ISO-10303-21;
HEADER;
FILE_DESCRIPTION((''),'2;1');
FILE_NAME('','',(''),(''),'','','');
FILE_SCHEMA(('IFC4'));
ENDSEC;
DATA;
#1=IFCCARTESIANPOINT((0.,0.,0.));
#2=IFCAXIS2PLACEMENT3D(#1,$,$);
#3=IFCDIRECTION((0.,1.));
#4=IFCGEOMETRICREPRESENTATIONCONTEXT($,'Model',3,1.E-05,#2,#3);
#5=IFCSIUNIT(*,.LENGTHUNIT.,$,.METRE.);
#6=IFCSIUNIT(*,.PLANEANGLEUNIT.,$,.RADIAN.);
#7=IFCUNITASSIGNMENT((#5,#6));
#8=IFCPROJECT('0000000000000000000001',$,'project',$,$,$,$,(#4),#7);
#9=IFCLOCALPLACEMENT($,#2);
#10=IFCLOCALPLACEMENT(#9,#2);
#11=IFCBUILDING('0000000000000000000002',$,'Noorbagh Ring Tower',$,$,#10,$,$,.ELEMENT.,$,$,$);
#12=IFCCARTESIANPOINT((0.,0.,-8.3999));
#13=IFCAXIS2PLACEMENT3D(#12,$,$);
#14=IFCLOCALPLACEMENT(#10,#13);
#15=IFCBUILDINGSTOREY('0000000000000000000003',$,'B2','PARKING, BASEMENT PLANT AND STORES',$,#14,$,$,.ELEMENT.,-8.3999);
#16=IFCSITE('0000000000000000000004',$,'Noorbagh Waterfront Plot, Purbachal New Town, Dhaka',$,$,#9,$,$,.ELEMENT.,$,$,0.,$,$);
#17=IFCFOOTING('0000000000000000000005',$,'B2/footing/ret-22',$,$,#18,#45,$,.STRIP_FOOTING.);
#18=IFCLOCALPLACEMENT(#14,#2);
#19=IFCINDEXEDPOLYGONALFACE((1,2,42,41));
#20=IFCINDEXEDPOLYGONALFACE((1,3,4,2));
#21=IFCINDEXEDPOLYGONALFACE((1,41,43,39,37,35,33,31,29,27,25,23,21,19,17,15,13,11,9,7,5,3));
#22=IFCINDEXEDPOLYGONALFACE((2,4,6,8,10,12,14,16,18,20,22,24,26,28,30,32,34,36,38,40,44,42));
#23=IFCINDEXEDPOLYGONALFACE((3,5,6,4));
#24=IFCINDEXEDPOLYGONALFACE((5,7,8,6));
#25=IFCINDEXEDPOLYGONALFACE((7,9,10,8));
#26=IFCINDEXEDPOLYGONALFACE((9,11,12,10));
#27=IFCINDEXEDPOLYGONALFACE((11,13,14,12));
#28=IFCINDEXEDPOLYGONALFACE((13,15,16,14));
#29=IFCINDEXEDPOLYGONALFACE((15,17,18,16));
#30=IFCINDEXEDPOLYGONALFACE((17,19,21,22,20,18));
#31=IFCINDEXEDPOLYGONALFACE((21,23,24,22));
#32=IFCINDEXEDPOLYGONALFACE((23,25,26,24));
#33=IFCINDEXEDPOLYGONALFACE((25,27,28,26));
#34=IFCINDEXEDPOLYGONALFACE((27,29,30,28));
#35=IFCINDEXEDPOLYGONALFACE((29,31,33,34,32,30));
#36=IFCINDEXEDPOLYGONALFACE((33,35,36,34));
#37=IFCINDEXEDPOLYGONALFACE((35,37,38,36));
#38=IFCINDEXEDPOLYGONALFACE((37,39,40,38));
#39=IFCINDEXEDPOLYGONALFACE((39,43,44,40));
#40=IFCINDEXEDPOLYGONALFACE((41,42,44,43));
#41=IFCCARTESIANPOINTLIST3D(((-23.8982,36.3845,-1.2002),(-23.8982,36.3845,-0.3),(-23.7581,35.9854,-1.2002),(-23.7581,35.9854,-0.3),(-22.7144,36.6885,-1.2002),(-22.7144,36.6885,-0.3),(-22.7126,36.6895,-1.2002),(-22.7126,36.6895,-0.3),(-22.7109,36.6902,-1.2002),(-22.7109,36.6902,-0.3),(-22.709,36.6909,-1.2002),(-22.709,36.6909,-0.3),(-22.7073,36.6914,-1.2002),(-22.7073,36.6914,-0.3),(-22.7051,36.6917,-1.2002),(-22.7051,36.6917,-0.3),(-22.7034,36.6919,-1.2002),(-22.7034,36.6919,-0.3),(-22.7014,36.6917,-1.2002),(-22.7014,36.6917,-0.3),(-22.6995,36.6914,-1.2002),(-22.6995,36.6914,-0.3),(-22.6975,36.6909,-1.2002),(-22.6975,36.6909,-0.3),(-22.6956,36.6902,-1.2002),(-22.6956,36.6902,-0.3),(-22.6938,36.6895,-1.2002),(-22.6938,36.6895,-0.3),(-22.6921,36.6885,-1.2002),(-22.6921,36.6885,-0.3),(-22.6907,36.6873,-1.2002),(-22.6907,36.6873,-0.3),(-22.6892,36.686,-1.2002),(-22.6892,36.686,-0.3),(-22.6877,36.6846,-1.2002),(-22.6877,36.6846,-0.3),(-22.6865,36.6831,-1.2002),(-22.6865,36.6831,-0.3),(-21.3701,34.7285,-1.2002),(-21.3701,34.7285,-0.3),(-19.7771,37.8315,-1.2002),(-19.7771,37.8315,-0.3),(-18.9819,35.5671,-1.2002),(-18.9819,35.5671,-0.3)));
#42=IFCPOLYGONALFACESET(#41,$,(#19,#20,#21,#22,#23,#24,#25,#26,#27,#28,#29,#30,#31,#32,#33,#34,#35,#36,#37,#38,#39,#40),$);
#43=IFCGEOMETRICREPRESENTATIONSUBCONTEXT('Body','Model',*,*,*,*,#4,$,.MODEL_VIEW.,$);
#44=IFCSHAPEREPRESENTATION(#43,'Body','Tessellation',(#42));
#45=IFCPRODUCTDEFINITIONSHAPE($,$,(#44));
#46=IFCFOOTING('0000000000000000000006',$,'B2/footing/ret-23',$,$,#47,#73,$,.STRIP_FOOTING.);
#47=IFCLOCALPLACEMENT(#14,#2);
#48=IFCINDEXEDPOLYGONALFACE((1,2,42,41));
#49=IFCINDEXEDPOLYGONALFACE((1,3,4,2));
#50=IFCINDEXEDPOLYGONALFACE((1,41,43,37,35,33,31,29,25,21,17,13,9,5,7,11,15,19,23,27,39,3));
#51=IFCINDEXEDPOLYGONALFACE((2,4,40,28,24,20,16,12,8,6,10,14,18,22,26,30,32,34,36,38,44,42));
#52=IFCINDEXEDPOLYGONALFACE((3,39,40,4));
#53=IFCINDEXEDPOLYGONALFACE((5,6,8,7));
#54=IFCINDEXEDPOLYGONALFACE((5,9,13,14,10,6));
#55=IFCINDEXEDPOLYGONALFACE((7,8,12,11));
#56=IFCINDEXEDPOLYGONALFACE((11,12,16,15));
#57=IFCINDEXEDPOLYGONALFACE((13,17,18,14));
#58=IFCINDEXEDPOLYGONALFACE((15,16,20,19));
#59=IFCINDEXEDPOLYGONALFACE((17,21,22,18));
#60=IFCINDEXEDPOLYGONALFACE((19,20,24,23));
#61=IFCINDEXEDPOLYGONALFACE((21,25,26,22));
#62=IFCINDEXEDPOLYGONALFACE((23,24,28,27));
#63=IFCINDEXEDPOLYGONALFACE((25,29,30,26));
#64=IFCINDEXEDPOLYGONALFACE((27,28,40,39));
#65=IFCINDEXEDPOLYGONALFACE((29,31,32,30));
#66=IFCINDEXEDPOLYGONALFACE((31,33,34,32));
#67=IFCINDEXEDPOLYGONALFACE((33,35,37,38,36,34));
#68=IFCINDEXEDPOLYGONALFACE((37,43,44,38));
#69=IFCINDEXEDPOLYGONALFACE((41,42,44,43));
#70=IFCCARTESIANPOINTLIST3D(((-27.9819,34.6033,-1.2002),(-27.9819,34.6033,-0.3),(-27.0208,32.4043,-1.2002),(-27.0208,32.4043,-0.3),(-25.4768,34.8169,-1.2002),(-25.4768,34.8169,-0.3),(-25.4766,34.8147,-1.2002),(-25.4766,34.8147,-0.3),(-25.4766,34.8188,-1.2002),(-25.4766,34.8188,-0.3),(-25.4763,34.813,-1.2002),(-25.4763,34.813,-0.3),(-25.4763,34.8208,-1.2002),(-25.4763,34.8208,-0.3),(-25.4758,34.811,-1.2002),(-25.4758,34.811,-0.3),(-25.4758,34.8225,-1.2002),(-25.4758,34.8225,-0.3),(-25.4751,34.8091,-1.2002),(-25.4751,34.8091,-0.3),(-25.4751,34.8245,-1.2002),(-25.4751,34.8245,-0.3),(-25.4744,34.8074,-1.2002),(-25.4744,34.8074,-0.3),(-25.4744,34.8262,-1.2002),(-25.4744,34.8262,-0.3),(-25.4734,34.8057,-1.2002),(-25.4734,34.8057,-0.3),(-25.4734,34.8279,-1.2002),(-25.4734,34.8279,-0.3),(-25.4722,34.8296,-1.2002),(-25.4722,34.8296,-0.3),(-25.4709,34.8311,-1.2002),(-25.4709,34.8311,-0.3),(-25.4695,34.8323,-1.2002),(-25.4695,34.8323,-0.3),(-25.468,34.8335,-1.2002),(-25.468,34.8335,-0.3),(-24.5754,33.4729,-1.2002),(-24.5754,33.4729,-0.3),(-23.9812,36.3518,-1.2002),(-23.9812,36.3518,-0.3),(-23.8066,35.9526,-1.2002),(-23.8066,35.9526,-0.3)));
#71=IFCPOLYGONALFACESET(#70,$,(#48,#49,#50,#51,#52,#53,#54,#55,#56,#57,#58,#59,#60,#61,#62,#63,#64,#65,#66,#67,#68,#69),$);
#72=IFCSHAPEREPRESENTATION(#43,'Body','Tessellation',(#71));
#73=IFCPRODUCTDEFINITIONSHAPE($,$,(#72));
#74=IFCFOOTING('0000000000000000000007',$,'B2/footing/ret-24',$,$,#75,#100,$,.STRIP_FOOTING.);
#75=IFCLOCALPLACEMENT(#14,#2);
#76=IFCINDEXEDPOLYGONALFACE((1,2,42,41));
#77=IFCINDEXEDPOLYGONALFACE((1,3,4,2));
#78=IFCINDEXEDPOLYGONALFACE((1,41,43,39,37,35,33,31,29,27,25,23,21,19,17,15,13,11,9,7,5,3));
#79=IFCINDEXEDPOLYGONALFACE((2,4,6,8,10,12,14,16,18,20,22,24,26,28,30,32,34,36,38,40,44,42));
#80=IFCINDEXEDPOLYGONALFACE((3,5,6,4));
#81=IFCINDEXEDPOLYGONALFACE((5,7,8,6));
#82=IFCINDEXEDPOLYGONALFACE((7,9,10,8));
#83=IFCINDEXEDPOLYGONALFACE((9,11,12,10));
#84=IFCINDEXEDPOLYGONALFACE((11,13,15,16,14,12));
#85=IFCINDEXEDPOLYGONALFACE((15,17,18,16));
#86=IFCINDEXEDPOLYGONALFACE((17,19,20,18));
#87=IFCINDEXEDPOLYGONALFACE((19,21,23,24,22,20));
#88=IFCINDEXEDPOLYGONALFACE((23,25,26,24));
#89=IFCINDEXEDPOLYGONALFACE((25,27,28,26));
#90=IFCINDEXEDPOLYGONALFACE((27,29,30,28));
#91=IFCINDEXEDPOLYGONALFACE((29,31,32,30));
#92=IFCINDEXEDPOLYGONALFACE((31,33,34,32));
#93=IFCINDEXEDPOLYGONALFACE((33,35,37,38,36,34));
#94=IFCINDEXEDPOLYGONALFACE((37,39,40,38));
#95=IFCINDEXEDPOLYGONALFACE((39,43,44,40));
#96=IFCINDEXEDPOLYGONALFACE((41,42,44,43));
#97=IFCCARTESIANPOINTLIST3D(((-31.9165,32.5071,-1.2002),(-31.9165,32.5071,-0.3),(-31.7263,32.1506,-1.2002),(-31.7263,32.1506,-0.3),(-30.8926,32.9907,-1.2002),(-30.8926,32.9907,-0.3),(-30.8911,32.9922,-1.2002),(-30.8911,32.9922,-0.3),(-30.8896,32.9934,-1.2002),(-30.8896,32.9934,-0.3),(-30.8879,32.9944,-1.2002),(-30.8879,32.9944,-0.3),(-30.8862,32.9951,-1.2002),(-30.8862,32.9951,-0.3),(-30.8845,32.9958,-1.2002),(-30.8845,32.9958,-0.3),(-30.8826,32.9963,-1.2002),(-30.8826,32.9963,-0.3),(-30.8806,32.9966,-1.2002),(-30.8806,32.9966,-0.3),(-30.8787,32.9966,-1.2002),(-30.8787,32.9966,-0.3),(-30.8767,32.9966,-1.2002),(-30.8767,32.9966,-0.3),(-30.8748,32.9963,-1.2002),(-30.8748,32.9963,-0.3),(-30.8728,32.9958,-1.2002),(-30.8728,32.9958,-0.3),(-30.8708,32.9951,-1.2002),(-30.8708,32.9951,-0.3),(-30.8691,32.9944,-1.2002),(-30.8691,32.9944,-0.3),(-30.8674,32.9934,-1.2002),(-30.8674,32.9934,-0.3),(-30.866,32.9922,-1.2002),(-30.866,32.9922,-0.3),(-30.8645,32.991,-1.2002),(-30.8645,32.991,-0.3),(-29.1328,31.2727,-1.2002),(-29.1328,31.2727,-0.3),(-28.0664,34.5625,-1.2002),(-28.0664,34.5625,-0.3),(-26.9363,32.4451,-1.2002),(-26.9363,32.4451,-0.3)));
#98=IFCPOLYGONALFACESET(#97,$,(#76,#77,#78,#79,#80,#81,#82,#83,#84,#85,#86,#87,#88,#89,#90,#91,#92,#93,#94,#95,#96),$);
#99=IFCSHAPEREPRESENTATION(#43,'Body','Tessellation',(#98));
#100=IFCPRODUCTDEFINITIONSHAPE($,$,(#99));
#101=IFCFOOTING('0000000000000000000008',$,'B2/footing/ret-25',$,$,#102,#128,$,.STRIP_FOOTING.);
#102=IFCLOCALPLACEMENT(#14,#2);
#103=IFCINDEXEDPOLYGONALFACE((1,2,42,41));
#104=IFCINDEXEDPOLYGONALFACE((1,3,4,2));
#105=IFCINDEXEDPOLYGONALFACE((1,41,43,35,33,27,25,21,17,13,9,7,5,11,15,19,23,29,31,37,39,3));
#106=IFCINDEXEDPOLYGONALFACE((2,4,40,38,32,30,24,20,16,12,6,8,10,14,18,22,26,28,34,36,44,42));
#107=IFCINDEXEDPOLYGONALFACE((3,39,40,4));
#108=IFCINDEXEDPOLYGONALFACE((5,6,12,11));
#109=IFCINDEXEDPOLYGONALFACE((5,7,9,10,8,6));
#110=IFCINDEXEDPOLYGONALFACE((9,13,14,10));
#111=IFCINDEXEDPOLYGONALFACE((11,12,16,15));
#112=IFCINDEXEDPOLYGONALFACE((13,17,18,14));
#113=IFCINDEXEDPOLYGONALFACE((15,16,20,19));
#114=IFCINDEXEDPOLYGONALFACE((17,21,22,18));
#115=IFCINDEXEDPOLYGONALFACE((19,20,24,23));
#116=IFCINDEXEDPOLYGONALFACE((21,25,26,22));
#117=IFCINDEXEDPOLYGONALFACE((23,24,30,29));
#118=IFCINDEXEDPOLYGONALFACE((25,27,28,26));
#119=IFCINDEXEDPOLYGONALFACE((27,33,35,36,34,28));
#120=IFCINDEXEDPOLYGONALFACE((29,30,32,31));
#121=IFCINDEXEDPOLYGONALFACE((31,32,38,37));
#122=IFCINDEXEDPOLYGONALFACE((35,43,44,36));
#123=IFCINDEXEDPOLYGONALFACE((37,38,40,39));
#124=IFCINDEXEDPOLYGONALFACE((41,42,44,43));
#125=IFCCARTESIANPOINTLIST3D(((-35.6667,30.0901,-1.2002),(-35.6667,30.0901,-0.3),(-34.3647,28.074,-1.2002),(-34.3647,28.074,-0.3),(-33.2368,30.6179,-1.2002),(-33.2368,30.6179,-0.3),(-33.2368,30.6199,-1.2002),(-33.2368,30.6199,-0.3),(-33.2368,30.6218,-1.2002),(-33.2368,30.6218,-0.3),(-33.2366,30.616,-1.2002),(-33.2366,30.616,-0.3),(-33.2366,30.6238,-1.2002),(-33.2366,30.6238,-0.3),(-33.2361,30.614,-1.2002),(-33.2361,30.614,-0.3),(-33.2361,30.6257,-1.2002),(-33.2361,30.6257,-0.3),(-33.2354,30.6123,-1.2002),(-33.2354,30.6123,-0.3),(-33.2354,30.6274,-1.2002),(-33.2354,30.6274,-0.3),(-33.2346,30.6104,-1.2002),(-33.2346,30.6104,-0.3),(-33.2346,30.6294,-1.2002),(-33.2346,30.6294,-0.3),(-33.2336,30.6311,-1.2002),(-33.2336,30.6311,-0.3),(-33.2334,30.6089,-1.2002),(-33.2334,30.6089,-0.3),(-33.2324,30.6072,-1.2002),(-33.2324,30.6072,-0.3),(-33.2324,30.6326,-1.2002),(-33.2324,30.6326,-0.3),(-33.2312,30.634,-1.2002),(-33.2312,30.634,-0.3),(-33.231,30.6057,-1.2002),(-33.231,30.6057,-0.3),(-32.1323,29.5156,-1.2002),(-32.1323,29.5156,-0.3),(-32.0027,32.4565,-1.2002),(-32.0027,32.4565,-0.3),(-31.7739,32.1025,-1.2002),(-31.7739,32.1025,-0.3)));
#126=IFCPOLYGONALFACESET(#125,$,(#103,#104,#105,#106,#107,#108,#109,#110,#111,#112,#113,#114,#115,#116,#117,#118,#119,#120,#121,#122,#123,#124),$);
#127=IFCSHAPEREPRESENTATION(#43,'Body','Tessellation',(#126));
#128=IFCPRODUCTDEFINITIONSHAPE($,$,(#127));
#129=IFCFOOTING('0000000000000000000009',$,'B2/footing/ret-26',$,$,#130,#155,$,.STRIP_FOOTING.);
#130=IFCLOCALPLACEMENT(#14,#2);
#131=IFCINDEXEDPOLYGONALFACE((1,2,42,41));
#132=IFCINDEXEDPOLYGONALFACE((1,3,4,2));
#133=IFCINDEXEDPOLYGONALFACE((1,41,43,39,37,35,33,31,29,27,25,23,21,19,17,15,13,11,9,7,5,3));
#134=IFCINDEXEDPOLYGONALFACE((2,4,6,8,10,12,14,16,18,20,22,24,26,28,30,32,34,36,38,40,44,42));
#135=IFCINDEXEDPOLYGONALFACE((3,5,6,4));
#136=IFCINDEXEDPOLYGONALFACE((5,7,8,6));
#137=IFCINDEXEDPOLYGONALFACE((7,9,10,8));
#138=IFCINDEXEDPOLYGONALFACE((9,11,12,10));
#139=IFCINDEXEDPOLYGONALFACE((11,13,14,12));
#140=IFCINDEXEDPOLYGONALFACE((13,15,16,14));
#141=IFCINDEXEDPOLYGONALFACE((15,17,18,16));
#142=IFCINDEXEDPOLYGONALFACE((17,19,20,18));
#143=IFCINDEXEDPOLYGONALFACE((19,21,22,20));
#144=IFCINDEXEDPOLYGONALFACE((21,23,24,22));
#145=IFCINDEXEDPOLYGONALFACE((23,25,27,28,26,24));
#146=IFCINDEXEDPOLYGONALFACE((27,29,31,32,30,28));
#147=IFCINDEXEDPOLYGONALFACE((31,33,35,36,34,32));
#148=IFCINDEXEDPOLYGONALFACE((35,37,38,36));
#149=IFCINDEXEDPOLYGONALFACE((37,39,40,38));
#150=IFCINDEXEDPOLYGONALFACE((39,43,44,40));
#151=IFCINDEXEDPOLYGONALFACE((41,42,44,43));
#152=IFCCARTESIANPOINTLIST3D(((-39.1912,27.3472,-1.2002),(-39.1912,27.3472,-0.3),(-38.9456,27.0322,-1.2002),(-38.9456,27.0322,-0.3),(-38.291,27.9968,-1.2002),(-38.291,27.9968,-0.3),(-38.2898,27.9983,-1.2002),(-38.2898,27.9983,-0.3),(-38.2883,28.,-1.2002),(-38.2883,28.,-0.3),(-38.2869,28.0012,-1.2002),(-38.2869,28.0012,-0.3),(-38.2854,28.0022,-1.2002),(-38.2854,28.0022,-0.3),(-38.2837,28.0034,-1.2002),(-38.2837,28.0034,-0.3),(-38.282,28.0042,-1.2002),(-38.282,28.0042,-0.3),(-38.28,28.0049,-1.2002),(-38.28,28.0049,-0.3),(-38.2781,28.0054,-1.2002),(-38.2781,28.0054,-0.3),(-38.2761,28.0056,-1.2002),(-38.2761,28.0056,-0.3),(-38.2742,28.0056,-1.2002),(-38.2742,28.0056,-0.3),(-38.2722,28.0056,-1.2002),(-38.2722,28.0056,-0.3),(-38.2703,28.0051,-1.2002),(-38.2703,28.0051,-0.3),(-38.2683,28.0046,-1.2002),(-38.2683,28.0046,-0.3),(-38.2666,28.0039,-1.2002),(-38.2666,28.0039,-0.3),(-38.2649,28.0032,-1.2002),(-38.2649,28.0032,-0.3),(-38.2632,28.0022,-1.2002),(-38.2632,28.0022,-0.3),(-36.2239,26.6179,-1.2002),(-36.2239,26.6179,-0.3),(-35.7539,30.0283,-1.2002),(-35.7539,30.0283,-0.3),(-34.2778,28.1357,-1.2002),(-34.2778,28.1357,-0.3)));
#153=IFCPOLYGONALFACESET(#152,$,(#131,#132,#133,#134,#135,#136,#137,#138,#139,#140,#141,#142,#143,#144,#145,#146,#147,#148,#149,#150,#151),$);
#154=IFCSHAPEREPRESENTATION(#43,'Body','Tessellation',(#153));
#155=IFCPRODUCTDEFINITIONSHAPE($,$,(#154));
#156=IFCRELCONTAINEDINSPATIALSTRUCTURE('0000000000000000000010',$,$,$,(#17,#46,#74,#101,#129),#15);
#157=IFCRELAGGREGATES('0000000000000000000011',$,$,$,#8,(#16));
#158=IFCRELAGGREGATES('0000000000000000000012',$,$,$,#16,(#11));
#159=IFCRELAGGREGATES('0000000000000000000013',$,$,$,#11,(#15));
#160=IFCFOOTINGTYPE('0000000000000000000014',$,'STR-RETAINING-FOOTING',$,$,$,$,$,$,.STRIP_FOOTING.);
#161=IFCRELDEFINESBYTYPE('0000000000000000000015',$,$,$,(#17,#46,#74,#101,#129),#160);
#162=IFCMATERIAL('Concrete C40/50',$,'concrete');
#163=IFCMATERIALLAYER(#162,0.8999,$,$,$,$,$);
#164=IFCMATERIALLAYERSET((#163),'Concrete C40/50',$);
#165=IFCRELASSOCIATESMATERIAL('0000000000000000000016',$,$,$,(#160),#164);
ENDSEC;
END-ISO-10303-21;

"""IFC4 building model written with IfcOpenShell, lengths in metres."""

from ifc_helpers import new_model, si_unit, direction, frame, origin, place, context, subcontext, project, spatial, polyline, outline, extrude, material, layer, layer_set, type_object, element, save


model = new_model("IFC4")

# Units and contexts
model_context = context("Model", 3, precision=1e-05, world=origin(), true_north=direction((0.0, 1.0)))
body_context = subcontext(model_context, "Body", "Model", "MODEL_VIEW")
ifc_project = project(units=[si_unit("LENGTHUNIT", "METRE"), si_unit("PLANEANGLEUNIT", "RADIAN")], contexts=[model_context])

# Site, building, storey
site_placement = place(None, origin())
site = spatial("IfcSite", under=ifc_project, at=site_placement, Name="Noorbagh Waterfront Plot, Purbachal New Town, Dhaka", CompositionType="ELEMENT", RefElevation=0.0)
building_placement = place(site_placement, origin())
building = spatial("IfcBuilding", under=site, at=building_placement, Name="Noorbagh Ring Tower", CompositionType="ELEMENT")
storey_placement = place(building_placement, frame((0.0, 0.0, -8.3999)))
storey = spatial("IfcBuildingStorey", under=building, at=storey_placement, Name="B2", Description="PARKING, BASEMENT PLANT AND STORES", CompositionType="ELEMENT", Elevation=-8.3999)

# Footings
ifc_material_1 = material(Name="Concrete C40/50", Category="concrete")
ifc_layer = layer(ifc_material_1, 0.8999)
ifc_layer_set = layer_set([ifc_layer], Name="Concrete C40/50")
footing_type = type_object("IfcFootingType", Name="STR-RETAINING-FOOTING", PredefinedType="STRIP_FOOTING", material=ifc_layer_set)
footing_1_placement = place(storey_placement, frame((0.0, 0.0, -1.2002)))
element("IfcFooting", 1, at=footing_1_placement, inside=storey, type_object=footing_type, Name="B2/footing/ret-22", PredefinedType="STRIP_FOOTING", context=body_context, shape_type="SweptSolid", body=[
    extrude(outline(polyline([(-23.8982, 36.3845), (-19.7771, 37.8315), (-18.9819, 35.5671), (-21.3701, 34.7285), (-22.6865, 36.6831), (-22.6877, 36.6846), (-22.6892, 36.686), (-22.6907, 36.6873), (-22.6921, 36.6885), (-22.6938, 36.6895), (-22.6956, 36.6902), (-22.6975, 36.6909), (-22.6995, 36.6914), (-22.7014, 36.6917), (-22.7034, 36.6919), (-22.7051, 36.6917), (-22.7073, 36.6914), (-22.709, 36.6909), (-22.7109, 36.6902), (-22.7126, 36.6895), (-22.7144, 36.6885), (-23.7581, 35.9854), (-23.8982, 36.3845)])), origin(), (0.0, 0.0, 1.0), 0.9001),
])
footing_2_placement = place(storey_placement, frame((0.0, 0.0, -1.2002)))
element("IfcFooting", 2, at=footing_2_placement, inside=storey, type_object=footing_type, Name="B2/footing/ret-23", PredefinedType="STRIP_FOOTING", context=body_context, shape_type="SweptSolid", body=[
    extrude(outline(polyline([(-27.9819, 34.6033), (-23.9812, 36.3518), (-23.8066, 35.9526), (-25.468, 34.8335), (-25.4695, 34.8323), (-25.4709, 34.8311), (-25.4722, 34.8296), (-25.4734, 34.8279), (-25.4744, 34.8262), (-25.4751, 34.8245), (-25.4758, 34.8225), (-25.4763, 34.8208), (-25.4766, 34.8188), (-25.4768, 34.8169), (-25.4766, 34.8147), (-25.4763, 34.813), (-25.4758, 34.811), (-25.4751, 34.8091), (-25.4744, 34.8074), (-25.4734, 34.8057), (-24.5754, 33.4729), (-27.0208, 32.4043), (-27.9819, 34.6033)])), origin(), (0.0, 0.0, 1.0), 0.9001),
])
footing_3_placement = place(storey_placement, frame((0.0, 0.0, -1.2002)))
element("IfcFooting", 3, at=footing_3_placement, inside=storey, type_object=footing_type, Name="B2/footing/ret-24", PredefinedType="STRIP_FOOTING", context=body_context, shape_type="SweptSolid", body=[
    extrude(outline(polyline([(-31.9165, 32.5071), (-28.0664, 34.5625), (-26.9363, 32.4451), (-29.1328, 31.2727), (-30.8645, 32.991), (-30.866, 32.9922), (-30.8674, 32.9934), (-30.8691, 32.9944), (-30.8708, 32.9951), (-30.8728, 32.9958), (-30.8748, 32.9963), (-30.8767, 32.9966), (-30.8787, 32.9966), (-30.8806, 32.9966), (-30.8826, 32.9963), (-30.8845, 32.9958), (-30.8862, 32.9951), (-30.8879, 32.9944), (-30.8896, 32.9934), (-30.8911, 32.9922), (-30.8926, 32.9907), (-31.7263, 32.1506), (-31.9165, 32.5071)])), origin(), (0.0, 0.0, 1.0), 0.9001),
])
footing_4_placement = place(storey_placement, frame((0.0, 0.0, -1.2002)))
element("IfcFooting", 4, at=footing_4_placement, inside=storey, type_object=footing_type, Name="B2/footing/ret-25", PredefinedType="STRIP_FOOTING", context=body_context, shape_type="SweptSolid", body=[
    extrude(outline(polyline([(-35.6667, 30.0901), (-32.0027, 32.4565), (-31.7739, 32.1025), (-33.2312, 30.634), (-33.2324, 30.6326), (-33.2336, 30.6311), (-33.2346, 30.6294), (-33.2354, 30.6274), (-33.2361, 30.6257), (-33.2366, 30.6238), (-33.2368, 30.6218), (-33.2368, 30.6199), (-33.2368, 30.6179), (-33.2366, 30.616), (-33.2361, 30.614), (-33.2354, 30.6123), (-33.2346, 30.6104), (-33.2334, 30.6089), (-33.2324, 30.6072), (-33.231, 30.6057), (-32.1323, 29.5156), (-34.3647, 28.074), (-35.6667, 30.0901)])), origin(), (0.0, 0.0, 1.0), 0.9001),
])
footing_5_placement = place(storey_placement, frame((0.0, 0.0, -1.2002)))
element("IfcFooting", 5, at=footing_5_placement, inside=storey, type_object=footing_type, Name="B2/footing/ret-26", PredefinedType="STRIP_FOOTING", context=body_context, shape_type="SweptSolid", body=[
    extrude(outline(polyline([(-39.1912, 27.3472), (-35.7539, 30.0283), (-34.2778, 28.1357), (-36.2239, 26.6179), (-38.2632, 28.0022), (-38.2649, 28.0032), (-38.2666, 28.0039), (-38.2683, 28.0046), (-38.2703, 28.0051), (-38.2722, 28.0056), (-38.2742, 28.0056), (-38.2761, 28.0056), (-38.2781, 28.0054), (-38.28, 28.0049), (-38.282, 28.0042), (-38.2837, 28.0034), (-38.2854, 28.0022), (-38.2869, 28.0012), (-38.2883, 28.0), (-38.2898, 27.9983), (-38.291, 27.9968), (-38.9456, 27.0322), (-39.1912, 27.3472)])), origin(), (0.0, 0.0, 1.0), 0.9001),
])

save(model, "model.ifc")
